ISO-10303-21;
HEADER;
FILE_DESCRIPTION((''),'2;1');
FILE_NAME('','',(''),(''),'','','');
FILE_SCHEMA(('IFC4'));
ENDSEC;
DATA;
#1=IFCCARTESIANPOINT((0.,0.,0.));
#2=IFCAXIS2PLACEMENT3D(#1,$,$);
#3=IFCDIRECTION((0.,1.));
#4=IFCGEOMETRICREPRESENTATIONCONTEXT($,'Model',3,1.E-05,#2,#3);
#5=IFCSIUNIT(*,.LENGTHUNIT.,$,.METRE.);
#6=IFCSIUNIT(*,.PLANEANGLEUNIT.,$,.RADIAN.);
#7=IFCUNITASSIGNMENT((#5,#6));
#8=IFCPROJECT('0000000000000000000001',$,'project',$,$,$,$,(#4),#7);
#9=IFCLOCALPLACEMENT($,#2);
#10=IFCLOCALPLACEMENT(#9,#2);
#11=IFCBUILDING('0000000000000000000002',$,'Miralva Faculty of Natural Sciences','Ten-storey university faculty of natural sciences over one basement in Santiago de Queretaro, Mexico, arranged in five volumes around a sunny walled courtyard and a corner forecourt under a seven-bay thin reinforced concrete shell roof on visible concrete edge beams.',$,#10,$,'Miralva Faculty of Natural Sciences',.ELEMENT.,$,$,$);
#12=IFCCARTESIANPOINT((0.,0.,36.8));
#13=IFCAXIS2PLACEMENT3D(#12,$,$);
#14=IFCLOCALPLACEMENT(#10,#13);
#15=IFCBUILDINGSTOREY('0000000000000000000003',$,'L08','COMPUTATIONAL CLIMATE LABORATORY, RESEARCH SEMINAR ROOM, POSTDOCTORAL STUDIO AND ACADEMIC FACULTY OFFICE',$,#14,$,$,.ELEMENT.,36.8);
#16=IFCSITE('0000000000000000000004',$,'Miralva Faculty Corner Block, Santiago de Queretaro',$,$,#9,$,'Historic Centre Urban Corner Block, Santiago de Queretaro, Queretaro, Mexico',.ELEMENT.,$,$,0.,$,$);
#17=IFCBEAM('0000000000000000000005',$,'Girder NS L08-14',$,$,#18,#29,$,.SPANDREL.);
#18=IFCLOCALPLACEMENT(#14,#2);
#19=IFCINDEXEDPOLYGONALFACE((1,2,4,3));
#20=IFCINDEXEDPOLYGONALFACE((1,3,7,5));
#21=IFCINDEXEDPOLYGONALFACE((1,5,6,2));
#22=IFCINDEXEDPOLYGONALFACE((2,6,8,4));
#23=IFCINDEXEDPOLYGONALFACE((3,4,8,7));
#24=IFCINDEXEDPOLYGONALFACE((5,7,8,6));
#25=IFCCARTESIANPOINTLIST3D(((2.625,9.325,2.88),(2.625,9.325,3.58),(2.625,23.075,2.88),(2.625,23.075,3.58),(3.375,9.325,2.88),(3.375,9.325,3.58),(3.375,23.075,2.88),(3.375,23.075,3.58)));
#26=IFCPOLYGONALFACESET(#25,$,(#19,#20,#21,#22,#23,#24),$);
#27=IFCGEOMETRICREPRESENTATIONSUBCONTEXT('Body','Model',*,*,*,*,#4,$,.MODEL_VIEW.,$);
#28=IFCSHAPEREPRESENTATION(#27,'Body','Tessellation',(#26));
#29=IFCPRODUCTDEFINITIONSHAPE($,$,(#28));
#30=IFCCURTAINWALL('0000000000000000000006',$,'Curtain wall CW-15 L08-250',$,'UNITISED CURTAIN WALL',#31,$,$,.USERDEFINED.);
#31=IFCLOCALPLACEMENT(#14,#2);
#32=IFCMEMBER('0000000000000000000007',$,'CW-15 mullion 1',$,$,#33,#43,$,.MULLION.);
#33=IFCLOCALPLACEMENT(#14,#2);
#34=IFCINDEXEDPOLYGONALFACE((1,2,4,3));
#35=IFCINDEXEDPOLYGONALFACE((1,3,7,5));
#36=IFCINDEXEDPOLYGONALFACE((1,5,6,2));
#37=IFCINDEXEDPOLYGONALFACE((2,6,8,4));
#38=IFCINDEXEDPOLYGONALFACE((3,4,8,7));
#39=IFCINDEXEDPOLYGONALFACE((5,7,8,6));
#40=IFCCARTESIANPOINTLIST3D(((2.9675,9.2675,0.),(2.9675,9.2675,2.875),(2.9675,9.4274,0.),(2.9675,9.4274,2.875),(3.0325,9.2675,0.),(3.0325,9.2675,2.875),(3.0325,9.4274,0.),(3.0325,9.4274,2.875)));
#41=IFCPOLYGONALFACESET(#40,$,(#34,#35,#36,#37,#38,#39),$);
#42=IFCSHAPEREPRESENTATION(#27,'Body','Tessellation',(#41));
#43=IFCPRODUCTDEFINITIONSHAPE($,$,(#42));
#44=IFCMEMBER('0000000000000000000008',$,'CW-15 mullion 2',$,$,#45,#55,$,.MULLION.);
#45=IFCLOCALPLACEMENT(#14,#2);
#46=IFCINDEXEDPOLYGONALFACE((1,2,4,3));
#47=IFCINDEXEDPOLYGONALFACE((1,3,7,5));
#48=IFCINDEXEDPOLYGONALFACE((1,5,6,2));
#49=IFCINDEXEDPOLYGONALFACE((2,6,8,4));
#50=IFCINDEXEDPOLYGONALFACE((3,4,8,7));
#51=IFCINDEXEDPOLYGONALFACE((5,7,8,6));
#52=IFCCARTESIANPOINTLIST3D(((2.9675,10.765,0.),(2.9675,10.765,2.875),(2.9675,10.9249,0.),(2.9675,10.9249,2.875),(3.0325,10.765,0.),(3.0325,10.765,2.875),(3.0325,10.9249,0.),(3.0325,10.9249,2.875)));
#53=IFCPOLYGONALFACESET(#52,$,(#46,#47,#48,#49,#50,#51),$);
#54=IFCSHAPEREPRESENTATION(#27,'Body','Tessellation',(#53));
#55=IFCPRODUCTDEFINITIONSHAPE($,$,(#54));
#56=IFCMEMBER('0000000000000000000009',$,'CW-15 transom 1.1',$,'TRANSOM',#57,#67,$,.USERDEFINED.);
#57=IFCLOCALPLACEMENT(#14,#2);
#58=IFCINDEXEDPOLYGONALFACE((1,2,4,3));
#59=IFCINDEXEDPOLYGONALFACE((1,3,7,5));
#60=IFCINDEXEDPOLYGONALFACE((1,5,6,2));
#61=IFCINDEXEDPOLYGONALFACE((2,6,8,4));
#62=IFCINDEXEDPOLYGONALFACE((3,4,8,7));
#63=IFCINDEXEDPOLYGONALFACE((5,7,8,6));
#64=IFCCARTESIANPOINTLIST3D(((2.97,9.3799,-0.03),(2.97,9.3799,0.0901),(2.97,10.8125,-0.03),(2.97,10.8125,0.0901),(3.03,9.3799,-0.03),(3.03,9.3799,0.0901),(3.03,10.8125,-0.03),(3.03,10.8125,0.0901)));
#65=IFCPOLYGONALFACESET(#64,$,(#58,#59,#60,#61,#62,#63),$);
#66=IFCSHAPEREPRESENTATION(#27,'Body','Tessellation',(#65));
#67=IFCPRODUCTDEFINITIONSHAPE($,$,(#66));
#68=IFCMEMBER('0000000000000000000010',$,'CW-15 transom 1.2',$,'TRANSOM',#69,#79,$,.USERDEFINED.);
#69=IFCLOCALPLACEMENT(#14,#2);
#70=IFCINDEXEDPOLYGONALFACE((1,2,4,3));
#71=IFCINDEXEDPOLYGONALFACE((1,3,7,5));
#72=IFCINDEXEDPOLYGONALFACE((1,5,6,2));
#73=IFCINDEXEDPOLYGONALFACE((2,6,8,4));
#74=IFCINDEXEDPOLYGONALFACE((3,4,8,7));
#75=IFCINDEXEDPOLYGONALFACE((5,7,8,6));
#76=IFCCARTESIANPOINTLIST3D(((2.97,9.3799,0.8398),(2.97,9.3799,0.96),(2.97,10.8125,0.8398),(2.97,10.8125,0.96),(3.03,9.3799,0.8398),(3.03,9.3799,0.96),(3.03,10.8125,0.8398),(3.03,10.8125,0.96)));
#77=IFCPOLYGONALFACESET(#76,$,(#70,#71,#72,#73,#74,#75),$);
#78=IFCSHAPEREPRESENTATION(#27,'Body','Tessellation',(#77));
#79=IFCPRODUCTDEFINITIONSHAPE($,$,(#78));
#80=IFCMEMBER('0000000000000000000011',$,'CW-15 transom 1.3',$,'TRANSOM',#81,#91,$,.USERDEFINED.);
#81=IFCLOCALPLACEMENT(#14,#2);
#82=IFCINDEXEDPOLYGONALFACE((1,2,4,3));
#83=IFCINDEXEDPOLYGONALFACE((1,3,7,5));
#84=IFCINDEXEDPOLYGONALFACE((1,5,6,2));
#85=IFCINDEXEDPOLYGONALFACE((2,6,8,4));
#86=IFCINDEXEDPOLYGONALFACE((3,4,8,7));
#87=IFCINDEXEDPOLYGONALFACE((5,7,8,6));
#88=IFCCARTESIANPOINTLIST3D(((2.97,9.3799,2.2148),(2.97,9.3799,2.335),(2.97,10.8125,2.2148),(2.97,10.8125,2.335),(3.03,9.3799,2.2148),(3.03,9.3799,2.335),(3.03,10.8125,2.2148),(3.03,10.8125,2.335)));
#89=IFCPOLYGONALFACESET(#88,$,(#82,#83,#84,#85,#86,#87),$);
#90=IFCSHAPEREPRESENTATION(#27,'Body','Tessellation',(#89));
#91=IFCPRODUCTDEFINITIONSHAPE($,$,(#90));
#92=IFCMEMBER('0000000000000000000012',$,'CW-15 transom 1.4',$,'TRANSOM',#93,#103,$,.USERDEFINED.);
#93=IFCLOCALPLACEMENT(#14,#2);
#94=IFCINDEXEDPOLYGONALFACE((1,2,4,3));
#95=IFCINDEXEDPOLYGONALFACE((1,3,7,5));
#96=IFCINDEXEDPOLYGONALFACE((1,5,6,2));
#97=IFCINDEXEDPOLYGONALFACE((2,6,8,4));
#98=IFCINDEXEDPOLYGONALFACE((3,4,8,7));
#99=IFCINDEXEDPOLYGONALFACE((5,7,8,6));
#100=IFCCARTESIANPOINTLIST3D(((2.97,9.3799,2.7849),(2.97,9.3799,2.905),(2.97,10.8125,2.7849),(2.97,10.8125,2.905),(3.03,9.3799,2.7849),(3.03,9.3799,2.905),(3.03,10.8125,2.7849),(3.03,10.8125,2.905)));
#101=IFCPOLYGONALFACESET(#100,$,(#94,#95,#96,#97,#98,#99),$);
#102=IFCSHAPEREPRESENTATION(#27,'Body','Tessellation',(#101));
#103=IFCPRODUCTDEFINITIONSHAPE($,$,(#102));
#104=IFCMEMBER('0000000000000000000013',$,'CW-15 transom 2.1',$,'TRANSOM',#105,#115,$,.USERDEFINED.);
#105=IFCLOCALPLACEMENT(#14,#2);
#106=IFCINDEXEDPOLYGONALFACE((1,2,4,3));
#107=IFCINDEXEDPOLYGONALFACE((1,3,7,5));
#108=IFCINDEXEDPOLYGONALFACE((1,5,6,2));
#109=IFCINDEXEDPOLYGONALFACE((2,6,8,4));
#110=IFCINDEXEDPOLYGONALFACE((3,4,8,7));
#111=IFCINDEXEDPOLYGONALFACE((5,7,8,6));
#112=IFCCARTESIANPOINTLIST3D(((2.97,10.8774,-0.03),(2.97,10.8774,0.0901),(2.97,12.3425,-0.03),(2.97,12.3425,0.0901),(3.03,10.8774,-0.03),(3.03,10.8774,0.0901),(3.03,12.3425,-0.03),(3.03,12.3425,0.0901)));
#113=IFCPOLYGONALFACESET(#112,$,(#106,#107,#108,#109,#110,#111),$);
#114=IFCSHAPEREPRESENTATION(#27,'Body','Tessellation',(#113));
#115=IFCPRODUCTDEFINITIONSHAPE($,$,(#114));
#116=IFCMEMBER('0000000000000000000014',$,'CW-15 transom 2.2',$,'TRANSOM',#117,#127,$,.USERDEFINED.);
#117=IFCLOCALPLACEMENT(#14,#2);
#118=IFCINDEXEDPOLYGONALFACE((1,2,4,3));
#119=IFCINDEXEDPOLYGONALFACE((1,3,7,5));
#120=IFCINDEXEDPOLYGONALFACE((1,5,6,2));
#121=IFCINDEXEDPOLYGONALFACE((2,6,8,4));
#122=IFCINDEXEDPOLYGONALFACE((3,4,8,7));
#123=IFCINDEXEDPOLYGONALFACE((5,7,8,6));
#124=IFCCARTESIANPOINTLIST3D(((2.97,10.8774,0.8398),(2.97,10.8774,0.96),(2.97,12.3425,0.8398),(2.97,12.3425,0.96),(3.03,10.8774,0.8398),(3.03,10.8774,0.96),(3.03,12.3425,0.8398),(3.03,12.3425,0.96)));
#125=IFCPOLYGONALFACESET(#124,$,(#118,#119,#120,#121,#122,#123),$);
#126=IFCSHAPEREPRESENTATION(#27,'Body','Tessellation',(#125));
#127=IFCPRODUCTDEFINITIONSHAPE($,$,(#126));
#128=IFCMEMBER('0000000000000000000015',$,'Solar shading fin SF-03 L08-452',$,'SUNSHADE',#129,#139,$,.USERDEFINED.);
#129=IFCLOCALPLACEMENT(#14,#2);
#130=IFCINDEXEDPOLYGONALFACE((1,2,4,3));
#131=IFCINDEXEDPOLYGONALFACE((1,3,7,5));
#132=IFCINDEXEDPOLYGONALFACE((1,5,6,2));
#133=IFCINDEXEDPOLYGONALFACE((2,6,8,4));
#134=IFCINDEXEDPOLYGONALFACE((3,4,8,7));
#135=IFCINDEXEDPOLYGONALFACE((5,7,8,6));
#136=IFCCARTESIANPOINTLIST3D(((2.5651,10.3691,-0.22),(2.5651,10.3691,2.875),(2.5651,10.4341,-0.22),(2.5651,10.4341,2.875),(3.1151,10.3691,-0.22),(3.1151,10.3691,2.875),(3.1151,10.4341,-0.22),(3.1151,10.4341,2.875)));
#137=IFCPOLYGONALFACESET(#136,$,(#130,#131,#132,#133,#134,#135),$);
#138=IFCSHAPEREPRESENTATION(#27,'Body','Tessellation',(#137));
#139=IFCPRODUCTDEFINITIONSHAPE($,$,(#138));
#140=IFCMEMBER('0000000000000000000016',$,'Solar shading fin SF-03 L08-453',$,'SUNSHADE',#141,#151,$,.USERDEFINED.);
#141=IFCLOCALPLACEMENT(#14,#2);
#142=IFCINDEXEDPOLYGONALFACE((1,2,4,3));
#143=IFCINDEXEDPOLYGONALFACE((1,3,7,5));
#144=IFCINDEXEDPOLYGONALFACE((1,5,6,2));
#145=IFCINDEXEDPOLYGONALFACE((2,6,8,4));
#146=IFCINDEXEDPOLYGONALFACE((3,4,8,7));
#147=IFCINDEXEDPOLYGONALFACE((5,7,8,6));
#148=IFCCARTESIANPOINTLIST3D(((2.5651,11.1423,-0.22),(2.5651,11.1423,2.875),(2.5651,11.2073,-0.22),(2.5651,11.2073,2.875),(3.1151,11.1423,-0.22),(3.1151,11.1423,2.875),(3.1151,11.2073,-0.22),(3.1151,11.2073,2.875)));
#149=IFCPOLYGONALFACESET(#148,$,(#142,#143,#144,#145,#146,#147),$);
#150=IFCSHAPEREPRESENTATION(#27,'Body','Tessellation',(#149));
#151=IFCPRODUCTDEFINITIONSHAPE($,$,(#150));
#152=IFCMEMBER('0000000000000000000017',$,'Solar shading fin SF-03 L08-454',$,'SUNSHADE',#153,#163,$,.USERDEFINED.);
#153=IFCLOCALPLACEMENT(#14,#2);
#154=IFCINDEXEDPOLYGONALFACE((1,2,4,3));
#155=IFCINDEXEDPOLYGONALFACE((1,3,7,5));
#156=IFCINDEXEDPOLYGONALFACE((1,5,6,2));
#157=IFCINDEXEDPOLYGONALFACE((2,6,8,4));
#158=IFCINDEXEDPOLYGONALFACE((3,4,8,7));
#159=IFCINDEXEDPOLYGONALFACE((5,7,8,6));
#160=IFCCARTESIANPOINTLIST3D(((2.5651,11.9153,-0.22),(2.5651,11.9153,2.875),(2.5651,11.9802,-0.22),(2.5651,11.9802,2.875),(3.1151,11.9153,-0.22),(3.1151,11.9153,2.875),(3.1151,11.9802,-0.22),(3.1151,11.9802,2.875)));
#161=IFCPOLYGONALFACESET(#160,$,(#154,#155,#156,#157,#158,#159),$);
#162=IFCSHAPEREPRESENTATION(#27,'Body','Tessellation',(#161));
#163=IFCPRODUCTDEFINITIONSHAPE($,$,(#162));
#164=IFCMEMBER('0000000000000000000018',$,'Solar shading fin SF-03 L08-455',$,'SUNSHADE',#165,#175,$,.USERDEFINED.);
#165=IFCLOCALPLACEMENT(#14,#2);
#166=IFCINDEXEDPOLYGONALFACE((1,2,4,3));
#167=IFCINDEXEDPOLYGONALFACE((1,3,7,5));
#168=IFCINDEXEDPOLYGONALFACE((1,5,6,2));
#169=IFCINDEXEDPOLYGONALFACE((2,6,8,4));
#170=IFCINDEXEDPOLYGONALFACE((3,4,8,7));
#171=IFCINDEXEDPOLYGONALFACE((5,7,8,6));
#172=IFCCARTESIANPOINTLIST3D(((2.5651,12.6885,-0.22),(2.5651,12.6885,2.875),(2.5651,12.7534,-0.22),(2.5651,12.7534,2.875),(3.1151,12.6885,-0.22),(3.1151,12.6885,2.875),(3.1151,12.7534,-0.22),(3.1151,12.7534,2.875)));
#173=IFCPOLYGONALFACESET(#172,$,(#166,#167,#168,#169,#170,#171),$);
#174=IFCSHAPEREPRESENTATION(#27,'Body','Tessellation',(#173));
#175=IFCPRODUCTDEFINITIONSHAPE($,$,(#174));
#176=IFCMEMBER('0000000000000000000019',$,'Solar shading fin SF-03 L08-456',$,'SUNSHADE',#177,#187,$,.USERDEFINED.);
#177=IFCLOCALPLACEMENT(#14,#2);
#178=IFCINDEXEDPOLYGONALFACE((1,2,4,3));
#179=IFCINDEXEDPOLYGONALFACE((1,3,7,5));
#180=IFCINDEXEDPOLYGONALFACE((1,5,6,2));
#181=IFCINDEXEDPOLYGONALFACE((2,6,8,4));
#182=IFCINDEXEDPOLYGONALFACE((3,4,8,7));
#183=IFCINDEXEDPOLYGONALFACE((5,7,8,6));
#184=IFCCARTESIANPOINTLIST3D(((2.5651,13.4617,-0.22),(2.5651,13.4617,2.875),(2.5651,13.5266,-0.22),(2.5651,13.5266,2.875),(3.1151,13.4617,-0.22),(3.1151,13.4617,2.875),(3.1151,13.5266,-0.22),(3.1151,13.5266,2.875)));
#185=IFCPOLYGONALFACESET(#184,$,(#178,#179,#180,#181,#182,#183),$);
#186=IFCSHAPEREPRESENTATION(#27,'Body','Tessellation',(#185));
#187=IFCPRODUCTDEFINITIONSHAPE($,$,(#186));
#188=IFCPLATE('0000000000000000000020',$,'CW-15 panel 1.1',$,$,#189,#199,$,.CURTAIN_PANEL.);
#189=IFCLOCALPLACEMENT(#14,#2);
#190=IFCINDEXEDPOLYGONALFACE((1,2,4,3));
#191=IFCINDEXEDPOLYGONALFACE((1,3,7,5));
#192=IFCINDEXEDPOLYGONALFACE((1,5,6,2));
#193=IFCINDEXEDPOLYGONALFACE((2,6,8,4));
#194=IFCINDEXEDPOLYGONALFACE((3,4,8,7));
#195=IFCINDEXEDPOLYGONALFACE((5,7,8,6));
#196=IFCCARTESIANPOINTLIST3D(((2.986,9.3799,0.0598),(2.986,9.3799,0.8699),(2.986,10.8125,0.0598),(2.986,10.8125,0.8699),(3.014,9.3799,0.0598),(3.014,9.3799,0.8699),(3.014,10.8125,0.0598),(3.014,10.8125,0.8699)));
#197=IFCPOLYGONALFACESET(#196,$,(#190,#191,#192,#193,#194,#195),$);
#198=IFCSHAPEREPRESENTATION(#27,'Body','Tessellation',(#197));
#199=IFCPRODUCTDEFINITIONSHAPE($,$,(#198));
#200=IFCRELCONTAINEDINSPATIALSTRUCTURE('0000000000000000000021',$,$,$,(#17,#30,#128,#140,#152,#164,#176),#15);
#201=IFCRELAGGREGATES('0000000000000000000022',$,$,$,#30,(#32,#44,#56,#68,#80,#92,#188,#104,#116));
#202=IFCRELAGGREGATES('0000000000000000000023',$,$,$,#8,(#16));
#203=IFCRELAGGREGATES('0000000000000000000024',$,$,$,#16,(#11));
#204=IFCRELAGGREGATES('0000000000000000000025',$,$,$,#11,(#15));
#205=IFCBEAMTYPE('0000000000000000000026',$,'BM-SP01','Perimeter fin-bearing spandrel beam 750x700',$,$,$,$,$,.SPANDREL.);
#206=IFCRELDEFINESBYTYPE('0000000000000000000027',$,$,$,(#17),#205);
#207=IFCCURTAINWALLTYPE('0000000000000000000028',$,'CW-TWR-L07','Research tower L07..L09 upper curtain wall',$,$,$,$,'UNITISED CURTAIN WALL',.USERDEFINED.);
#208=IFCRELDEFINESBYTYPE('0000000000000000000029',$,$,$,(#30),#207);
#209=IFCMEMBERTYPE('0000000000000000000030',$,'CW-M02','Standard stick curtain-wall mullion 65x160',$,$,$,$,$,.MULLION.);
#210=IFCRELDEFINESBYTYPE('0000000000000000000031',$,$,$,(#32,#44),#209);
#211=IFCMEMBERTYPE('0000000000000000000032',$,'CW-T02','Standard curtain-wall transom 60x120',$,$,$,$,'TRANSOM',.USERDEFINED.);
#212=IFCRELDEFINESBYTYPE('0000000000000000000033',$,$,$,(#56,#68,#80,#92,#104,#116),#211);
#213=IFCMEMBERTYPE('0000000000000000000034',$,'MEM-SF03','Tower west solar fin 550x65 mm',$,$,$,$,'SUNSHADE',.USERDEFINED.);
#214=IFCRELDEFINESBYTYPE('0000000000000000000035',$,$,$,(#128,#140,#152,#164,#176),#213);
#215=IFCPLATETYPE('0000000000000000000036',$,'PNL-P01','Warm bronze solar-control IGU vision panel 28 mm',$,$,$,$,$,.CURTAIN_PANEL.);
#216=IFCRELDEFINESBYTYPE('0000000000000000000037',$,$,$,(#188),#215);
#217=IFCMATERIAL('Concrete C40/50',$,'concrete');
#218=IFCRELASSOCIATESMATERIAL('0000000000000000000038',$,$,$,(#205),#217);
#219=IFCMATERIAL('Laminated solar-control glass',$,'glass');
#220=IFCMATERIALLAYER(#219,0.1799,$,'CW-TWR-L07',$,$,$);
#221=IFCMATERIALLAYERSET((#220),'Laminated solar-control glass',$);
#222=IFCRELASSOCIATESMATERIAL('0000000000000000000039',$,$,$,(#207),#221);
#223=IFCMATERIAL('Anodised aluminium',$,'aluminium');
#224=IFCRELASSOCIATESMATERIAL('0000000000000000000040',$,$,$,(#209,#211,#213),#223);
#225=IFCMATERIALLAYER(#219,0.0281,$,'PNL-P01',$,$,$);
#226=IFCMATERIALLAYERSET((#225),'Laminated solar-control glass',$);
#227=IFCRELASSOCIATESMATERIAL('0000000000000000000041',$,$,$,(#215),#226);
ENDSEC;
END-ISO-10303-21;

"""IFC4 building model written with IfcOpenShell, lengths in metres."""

from ifc_helpers import new_model, si_unit, direction, frame, origin, origin_2d, place, context, subcontext, project, spatial, rectangle, extrude, material, layer, layer_set, material_profile, profile_set, type_object, element, aggregate, save


model = new_model("IFC4")

# Units and contexts
model_context = context("Model", 3, precision=1e-05, world=origin(), true_north=direction((0.0, 1.0)))
body_context = subcontext(model_context, "Body", "Model", "MODEL_VIEW")
ifc_project = project(units=[si_unit("LENGTHUNIT", "METRE"), si_unit("PLANEANGLEUNIT", "RADIAN")], contexts=[model_context])

# Site, building, storey
site_placement = place(None, origin())
site = spatial("IfcSite", under=ifc_project, at=site_placement, Name="Miralva Faculty Corner Block, Santiago de Queretaro", LongName="Historic Centre Urban Corner Block, Santiago de Queretaro, Queretaro, Mexico", CompositionType="ELEMENT", RefElevation=0.0)
building_placement = place(site_placement, origin())
building = spatial("IfcBuilding", under=site, at=building_placement, Name="Miralva Faculty of Natural Sciences", Description="Ten-storey university faculty of natural sciences over one basement in Santiago de Queretaro, Mexico, arranged in five volumes around a sunny walled courtyard and a corner forecourt under a seven-bay thin reinforced concrete shell roof on visible concrete edge beams.", LongName="Miralva Faculty of Natural Sciences", CompositionType="ELEMENT")
storey_placement = place(building_placement, frame((0.0, 0.0, 36.8)))
storey = spatial("IfcBuildingStorey", under=building, at=storey_placement, Name="L08", Description="COMPUTATIONAL CLIMATE LABORATORY, RESEARCH SEMINAR ROOM, POSTDOCTORAL STUDIO AND ACADEMIC FACULTY OFFICE", CompositionType="ELEMENT", Elevation=36.8)

# Beam
ifc_material_1 = material(Name="Concrete C40/50", Category="concrete")
ifc_material_profile_1 = material_profile(ifc_material_1, rectangle(XDim=0.75, YDim=0.7, at=origin_2d()), Name="RC 750x700")
ifc_profile_set_1 = profile_set([ifc_material_profile_1], Name="Concrete C40/50")
beam_type = type_object("IfcBeamType", Name="BM-SP01", Description="Perimeter fin-bearing spandrel beam 750x700", PredefinedType="SPANDREL", material=ifc_profile_set_1)
beam_placement = place(storey_placement, frame((3.0, 9.325, 3.23), z_axis=(0.0, 1.0, 0.0), x_axis=(-1.0, 0.0, 0.0)))
element("IfcBeam", 1, at=beam_placement, inside=storey, type_object=beam_type, Name="Girder NS L08-14", PredefinedType="SPANDREL", context=body_context, shape_type="SweptSolid", body=[
    extrude(rectangle(XDim=0.75, YDim=0.7, at=origin_2d()), origin(), (0.0, 0.0, 1.0), 13.75),
])

# Curtain wall, members
ifc_material_2 = material(Name="Laminated solar-control glass", Category="glass")
ifc_layer_1 = layer(ifc_material_2, 0.1799, Name="CW-TWR-L07")
ifc_layer_set_1 = layer_set([ifc_layer_1], Name="Laminated solar-control glass")
curtain_wall_type = type_object("IfcCurtainWallType", Name="CW-TWR-L07", Description="Research tower L07..L09 upper curtain wall", ElementType="UNITISED CURTAIN WALL", PredefinedType="USERDEFINED", material=ifc_layer_set_1)
curtain_wall_placement = place(storey_placement, origin())
curtain_wall = element("IfcCurtainWall", 2, at=curtain_wall_placement, inside=storey, type_object=curtain_wall_type, Name="Curtain wall CW-15 L08-250", ObjectType="UNITISED CURTAIN WALL", PredefinedType="USERDEFINED")
ifc_material_3 = material(Name="Anodised aluminium", Category="aluminium")
ifc_material_profile_2 = material_profile(ifc_material_3, rectangle(XDim=0.0649, YDim=0.1599, at=origin_2d()), Name="MULLION 65x160")
ifc_profile_set_2 = profile_set([ifc_material_profile_2], Name="Anodised aluminium")
member_type_1 = type_object("IfcMemberType", Name="CW-M02", Description="Standard stick curtain-wall mullion 65x160", PredefinedType="MULLION", material=ifc_profile_set_2)
member_1_placement = place(storey_placement, frame((3.0, 9.3474, 0.0), z_axis=(0.0, 0.0, 1.0), x_axis=(-1.0, 0.0, 0.0)))
member_1 = element("IfcMember", 3, at=member_1_placement, type_object=member_type_1, Name="CW-15 mullion 1", PredefinedType="MULLION", context=body_context, shape_type="SweptSolid", body=[
    extrude(rectangle(XDim=0.0649, YDim=0.1599, at=origin_2d()), origin(), (0.0, 0.0, 1.0), 2.875),
])
member_2_placement = place(storey_placement, frame((3.0, 10.845, 0.0), z_axis=(0.0, 0.0, 1.0), x_axis=(-1.0, 0.0, 0.0)))
member_2 = element("IfcMember", 4, at=member_2_placement, type_object=member_type_1, Name="CW-15 mullion 2", PredefinedType="MULLION", context=body_context, shape_type="SweptSolid", body=[
    extrude(rectangle(XDim=0.0649, YDim=0.1599, at=origin_2d()), origin(), (0.0, 0.0, 1.0), 2.875),
])
ifc_material_profile_3 = material_profile(ifc_material_3, rectangle(XDim=0.0601, YDim=0.1201, at=origin_2d()), Name="TRANSOM 60x120")
ifc_profile_set_3 = profile_set([ifc_material_profile_3], Name="Anodised aluminium")
member_type_2 = type_object("IfcMemberType", Name="CW-T02", Description="Standard curtain-wall transom 60x120", ElementType="TRANSOM", PredefinedType="USERDEFINED", material=ifc_profile_set_3)
member_3_placement = place(storey_placement, frame((3.0, 9.3799, 0.03), z_axis=(0.0, 1.0, 0.0), x_axis=(-1.0, 0.0, 0.0)))
member_3 = element("IfcMember", 5, at=member_3_placement, type_object=member_type_2, Name="CW-15 transom 1.1", ObjectType="TRANSOM", PredefinedType="USERDEFINED", context=body_context, shape_type="SweptSolid", body=[
    extrude(rectangle(XDim=0.0601, YDim=0.1201, at=origin_2d()), origin(), (0.0, 0.0, 1.0), 1.4326),
])
member_4_placement = place(storey_placement, frame((3.0, 9.3799, 0.8999), z_axis=(0.0, 1.0, 0.0), x_axis=(-1.0, 0.0, 0.0)))
member_4 = element("IfcMember", 6, at=member_4_placement, type_object=member_type_2, Name="CW-15 transom 1.2", ObjectType="TRANSOM", PredefinedType="USERDEFINED", context=body_context, shape_type="SweptSolid", body=[
    extrude(rectangle(XDim=0.0601, YDim=0.1201, at=origin_2d()), origin(), (0.0, 0.0, 1.0), 1.4326),
])
member_5_placement = place(storey_placement, frame((3.0, 9.3799, 2.2749), z_axis=(0.0, 1.0, 0.0), x_axis=(-1.0, 0.0, 0.0)))
member_5 = element("IfcMember", 7, at=member_5_placement, type_object=member_type_2, Name="CW-15 transom 1.3", ObjectType="TRANSOM", PredefinedType="USERDEFINED", context=body_context, shape_type="SweptSolid", body=[
    extrude(rectangle(XDim=0.0601, YDim=0.1201, at=origin_2d()), origin(), (0.0, 0.0, 1.0), 1.4326),
])
member_6_placement = place(storey_placement, frame((3.0, 9.3799, 2.845), z_axis=(0.0, 1.0, 0.0), x_axis=(-1.0, 0.0, 0.0)))
member_6 = element("IfcMember", 8, at=member_6_placement, type_object=member_type_2, Name="CW-15 transom 1.4", ObjectType="TRANSOM", PredefinedType="USERDEFINED", context=body_context, shape_type="SweptSolid", body=[
    extrude(rectangle(XDim=0.0601, YDim=0.1201, at=origin_2d()), origin(), (0.0, 0.0, 1.0), 1.4326),
])
member_7_placement = place(storey_placement, frame((3.0, 10.8774, 0.03), z_axis=(0.0, 1.0, 0.0), x_axis=(-1.0, 0.0, 0.0)))
member_7 = element("IfcMember", 9, at=member_7_placement, type_object=member_type_2, Name="CW-15 transom 2.1", ObjectType="TRANSOM", PredefinedType="USERDEFINED", context=body_context, shape_type="SweptSolid", body=[
    extrude(rectangle(XDim=0.0601, YDim=0.1201, at=origin_2d()), origin(), (0.0, 0.0, 1.0), 1.4651),
])
member_8_placement = place(storey_placement, frame((3.0, 10.8774, 0.8999), z_axis=(0.0, 1.0, 0.0), x_axis=(-1.0, 0.0, 0.0)))
member_8 = element("IfcMember", 10, at=member_8_placement, type_object=member_type_2, Name="CW-15 transom 2.2", ObjectType="TRANSOM", PredefinedType="USERDEFINED", context=body_context, shape_type="SweptSolid", body=[
    extrude(rectangle(XDim=0.0601, YDim=0.1201, at=origin_2d()), origin(), (0.0, 0.0, 1.0), 1.4651),
])

# Members
ifc_material_profile_4 = material_profile(ifc_material_3, rectangle(XDim=0.0649, YDim=0.55, at=origin_2d()), Name="FIN 550x65")
ifc_profile_set_4 = profile_set([ifc_material_profile_4], Name="Anodised aluminium")
member_type_3 = type_object("IfcMemberType", Name="MEM-SF03", Description="Tower west solar fin 550x65 mm", ElementType="SUNSHADE", PredefinedType="USERDEFINED", material=ifc_profile_set_4)
for number, where, z_axis, x_axis, name in (
    (11, (2.8401, 10.4016, -0.22), (0.0, 0.0, 1.0), (0.0, -1.0, 0.0), "Solar shading fin SF-03 L08-452"),
    (12, (2.8401, 11.1748, -0.22), (0.0, 0.0, 1.0), (0.0, -1.0, 0.0), "Solar shading fin SF-03 L08-453"),
    (13, (2.8401, 11.9478, -0.22), (0.0, 0.0, 1.0), (0.0, -1.0, 0.0), "Solar shading fin SF-03 L08-454"),
    (14, (2.8401, 12.7209, -0.22), (0.0, 0.0, 1.0), (0.0, -1.0, 0.0), "Solar shading fin SF-03 L08-455"),
    (15, (2.8401, 13.4941, -0.22), (0.0, 0.0, 1.0), (0.0, -1.0, 0.0), "Solar shading fin SF-03 L08-456"),
):
    element("IfcMember", number, at=place(storey_placement, frame(where, z_axis=z_axis, x_axis=x_axis)), inside=storey, type_object=member_type_3, Name=name, ObjectType="SUNSHADE", PredefinedType="USERDEFINED", context=body_context, shape_type="SweptSolid", body=[
        extrude(rectangle(XDim=0.0649, YDim=0.55, at=origin_2d()), origin(), (0.0, 0.0, 1.0), 3.095),
    ])

# Plate
ifc_layer_2 = layer(ifc_material_2, 0.0281, Name="PNL-P01")
ifc_layer_set_2 = layer_set([ifc_layer_2], Name="Laminated solar-control glass")
plate_type = type_object("IfcPlateType", Name="PNL-P01", Description="Warm bronze solar-control IGU vision panel 28 mm", PredefinedType="CURTAIN_PANEL", material=ifc_layer_set_2)
plate_1_placement = place(storey_placement, frame((3.0, 10.0962, 0.0598), z_axis=(0.0, 0.0, 1.0), x_axis=(0.0, 1.0, 0.0)))
plate_1 = element("IfcPlate", 16, at=plate_1_placement, type_object=plate_type, Name="CW-15 panel 1.1", PredefinedType="CURTAIN_PANEL", context=body_context, shape_type="SweptSolid", body=[
    extrude(rectangle(XDim=1.4326, YDim=0.0281, at=origin_2d()), origin(), (0.0, 0.0, 1.0), 0.8101),
])
aggregate(curtain_wall, [member_1, member_2, member_3, member_4, member_5, member_6, plate_1, member_7, member_8])

save(model, "model.ifc")
